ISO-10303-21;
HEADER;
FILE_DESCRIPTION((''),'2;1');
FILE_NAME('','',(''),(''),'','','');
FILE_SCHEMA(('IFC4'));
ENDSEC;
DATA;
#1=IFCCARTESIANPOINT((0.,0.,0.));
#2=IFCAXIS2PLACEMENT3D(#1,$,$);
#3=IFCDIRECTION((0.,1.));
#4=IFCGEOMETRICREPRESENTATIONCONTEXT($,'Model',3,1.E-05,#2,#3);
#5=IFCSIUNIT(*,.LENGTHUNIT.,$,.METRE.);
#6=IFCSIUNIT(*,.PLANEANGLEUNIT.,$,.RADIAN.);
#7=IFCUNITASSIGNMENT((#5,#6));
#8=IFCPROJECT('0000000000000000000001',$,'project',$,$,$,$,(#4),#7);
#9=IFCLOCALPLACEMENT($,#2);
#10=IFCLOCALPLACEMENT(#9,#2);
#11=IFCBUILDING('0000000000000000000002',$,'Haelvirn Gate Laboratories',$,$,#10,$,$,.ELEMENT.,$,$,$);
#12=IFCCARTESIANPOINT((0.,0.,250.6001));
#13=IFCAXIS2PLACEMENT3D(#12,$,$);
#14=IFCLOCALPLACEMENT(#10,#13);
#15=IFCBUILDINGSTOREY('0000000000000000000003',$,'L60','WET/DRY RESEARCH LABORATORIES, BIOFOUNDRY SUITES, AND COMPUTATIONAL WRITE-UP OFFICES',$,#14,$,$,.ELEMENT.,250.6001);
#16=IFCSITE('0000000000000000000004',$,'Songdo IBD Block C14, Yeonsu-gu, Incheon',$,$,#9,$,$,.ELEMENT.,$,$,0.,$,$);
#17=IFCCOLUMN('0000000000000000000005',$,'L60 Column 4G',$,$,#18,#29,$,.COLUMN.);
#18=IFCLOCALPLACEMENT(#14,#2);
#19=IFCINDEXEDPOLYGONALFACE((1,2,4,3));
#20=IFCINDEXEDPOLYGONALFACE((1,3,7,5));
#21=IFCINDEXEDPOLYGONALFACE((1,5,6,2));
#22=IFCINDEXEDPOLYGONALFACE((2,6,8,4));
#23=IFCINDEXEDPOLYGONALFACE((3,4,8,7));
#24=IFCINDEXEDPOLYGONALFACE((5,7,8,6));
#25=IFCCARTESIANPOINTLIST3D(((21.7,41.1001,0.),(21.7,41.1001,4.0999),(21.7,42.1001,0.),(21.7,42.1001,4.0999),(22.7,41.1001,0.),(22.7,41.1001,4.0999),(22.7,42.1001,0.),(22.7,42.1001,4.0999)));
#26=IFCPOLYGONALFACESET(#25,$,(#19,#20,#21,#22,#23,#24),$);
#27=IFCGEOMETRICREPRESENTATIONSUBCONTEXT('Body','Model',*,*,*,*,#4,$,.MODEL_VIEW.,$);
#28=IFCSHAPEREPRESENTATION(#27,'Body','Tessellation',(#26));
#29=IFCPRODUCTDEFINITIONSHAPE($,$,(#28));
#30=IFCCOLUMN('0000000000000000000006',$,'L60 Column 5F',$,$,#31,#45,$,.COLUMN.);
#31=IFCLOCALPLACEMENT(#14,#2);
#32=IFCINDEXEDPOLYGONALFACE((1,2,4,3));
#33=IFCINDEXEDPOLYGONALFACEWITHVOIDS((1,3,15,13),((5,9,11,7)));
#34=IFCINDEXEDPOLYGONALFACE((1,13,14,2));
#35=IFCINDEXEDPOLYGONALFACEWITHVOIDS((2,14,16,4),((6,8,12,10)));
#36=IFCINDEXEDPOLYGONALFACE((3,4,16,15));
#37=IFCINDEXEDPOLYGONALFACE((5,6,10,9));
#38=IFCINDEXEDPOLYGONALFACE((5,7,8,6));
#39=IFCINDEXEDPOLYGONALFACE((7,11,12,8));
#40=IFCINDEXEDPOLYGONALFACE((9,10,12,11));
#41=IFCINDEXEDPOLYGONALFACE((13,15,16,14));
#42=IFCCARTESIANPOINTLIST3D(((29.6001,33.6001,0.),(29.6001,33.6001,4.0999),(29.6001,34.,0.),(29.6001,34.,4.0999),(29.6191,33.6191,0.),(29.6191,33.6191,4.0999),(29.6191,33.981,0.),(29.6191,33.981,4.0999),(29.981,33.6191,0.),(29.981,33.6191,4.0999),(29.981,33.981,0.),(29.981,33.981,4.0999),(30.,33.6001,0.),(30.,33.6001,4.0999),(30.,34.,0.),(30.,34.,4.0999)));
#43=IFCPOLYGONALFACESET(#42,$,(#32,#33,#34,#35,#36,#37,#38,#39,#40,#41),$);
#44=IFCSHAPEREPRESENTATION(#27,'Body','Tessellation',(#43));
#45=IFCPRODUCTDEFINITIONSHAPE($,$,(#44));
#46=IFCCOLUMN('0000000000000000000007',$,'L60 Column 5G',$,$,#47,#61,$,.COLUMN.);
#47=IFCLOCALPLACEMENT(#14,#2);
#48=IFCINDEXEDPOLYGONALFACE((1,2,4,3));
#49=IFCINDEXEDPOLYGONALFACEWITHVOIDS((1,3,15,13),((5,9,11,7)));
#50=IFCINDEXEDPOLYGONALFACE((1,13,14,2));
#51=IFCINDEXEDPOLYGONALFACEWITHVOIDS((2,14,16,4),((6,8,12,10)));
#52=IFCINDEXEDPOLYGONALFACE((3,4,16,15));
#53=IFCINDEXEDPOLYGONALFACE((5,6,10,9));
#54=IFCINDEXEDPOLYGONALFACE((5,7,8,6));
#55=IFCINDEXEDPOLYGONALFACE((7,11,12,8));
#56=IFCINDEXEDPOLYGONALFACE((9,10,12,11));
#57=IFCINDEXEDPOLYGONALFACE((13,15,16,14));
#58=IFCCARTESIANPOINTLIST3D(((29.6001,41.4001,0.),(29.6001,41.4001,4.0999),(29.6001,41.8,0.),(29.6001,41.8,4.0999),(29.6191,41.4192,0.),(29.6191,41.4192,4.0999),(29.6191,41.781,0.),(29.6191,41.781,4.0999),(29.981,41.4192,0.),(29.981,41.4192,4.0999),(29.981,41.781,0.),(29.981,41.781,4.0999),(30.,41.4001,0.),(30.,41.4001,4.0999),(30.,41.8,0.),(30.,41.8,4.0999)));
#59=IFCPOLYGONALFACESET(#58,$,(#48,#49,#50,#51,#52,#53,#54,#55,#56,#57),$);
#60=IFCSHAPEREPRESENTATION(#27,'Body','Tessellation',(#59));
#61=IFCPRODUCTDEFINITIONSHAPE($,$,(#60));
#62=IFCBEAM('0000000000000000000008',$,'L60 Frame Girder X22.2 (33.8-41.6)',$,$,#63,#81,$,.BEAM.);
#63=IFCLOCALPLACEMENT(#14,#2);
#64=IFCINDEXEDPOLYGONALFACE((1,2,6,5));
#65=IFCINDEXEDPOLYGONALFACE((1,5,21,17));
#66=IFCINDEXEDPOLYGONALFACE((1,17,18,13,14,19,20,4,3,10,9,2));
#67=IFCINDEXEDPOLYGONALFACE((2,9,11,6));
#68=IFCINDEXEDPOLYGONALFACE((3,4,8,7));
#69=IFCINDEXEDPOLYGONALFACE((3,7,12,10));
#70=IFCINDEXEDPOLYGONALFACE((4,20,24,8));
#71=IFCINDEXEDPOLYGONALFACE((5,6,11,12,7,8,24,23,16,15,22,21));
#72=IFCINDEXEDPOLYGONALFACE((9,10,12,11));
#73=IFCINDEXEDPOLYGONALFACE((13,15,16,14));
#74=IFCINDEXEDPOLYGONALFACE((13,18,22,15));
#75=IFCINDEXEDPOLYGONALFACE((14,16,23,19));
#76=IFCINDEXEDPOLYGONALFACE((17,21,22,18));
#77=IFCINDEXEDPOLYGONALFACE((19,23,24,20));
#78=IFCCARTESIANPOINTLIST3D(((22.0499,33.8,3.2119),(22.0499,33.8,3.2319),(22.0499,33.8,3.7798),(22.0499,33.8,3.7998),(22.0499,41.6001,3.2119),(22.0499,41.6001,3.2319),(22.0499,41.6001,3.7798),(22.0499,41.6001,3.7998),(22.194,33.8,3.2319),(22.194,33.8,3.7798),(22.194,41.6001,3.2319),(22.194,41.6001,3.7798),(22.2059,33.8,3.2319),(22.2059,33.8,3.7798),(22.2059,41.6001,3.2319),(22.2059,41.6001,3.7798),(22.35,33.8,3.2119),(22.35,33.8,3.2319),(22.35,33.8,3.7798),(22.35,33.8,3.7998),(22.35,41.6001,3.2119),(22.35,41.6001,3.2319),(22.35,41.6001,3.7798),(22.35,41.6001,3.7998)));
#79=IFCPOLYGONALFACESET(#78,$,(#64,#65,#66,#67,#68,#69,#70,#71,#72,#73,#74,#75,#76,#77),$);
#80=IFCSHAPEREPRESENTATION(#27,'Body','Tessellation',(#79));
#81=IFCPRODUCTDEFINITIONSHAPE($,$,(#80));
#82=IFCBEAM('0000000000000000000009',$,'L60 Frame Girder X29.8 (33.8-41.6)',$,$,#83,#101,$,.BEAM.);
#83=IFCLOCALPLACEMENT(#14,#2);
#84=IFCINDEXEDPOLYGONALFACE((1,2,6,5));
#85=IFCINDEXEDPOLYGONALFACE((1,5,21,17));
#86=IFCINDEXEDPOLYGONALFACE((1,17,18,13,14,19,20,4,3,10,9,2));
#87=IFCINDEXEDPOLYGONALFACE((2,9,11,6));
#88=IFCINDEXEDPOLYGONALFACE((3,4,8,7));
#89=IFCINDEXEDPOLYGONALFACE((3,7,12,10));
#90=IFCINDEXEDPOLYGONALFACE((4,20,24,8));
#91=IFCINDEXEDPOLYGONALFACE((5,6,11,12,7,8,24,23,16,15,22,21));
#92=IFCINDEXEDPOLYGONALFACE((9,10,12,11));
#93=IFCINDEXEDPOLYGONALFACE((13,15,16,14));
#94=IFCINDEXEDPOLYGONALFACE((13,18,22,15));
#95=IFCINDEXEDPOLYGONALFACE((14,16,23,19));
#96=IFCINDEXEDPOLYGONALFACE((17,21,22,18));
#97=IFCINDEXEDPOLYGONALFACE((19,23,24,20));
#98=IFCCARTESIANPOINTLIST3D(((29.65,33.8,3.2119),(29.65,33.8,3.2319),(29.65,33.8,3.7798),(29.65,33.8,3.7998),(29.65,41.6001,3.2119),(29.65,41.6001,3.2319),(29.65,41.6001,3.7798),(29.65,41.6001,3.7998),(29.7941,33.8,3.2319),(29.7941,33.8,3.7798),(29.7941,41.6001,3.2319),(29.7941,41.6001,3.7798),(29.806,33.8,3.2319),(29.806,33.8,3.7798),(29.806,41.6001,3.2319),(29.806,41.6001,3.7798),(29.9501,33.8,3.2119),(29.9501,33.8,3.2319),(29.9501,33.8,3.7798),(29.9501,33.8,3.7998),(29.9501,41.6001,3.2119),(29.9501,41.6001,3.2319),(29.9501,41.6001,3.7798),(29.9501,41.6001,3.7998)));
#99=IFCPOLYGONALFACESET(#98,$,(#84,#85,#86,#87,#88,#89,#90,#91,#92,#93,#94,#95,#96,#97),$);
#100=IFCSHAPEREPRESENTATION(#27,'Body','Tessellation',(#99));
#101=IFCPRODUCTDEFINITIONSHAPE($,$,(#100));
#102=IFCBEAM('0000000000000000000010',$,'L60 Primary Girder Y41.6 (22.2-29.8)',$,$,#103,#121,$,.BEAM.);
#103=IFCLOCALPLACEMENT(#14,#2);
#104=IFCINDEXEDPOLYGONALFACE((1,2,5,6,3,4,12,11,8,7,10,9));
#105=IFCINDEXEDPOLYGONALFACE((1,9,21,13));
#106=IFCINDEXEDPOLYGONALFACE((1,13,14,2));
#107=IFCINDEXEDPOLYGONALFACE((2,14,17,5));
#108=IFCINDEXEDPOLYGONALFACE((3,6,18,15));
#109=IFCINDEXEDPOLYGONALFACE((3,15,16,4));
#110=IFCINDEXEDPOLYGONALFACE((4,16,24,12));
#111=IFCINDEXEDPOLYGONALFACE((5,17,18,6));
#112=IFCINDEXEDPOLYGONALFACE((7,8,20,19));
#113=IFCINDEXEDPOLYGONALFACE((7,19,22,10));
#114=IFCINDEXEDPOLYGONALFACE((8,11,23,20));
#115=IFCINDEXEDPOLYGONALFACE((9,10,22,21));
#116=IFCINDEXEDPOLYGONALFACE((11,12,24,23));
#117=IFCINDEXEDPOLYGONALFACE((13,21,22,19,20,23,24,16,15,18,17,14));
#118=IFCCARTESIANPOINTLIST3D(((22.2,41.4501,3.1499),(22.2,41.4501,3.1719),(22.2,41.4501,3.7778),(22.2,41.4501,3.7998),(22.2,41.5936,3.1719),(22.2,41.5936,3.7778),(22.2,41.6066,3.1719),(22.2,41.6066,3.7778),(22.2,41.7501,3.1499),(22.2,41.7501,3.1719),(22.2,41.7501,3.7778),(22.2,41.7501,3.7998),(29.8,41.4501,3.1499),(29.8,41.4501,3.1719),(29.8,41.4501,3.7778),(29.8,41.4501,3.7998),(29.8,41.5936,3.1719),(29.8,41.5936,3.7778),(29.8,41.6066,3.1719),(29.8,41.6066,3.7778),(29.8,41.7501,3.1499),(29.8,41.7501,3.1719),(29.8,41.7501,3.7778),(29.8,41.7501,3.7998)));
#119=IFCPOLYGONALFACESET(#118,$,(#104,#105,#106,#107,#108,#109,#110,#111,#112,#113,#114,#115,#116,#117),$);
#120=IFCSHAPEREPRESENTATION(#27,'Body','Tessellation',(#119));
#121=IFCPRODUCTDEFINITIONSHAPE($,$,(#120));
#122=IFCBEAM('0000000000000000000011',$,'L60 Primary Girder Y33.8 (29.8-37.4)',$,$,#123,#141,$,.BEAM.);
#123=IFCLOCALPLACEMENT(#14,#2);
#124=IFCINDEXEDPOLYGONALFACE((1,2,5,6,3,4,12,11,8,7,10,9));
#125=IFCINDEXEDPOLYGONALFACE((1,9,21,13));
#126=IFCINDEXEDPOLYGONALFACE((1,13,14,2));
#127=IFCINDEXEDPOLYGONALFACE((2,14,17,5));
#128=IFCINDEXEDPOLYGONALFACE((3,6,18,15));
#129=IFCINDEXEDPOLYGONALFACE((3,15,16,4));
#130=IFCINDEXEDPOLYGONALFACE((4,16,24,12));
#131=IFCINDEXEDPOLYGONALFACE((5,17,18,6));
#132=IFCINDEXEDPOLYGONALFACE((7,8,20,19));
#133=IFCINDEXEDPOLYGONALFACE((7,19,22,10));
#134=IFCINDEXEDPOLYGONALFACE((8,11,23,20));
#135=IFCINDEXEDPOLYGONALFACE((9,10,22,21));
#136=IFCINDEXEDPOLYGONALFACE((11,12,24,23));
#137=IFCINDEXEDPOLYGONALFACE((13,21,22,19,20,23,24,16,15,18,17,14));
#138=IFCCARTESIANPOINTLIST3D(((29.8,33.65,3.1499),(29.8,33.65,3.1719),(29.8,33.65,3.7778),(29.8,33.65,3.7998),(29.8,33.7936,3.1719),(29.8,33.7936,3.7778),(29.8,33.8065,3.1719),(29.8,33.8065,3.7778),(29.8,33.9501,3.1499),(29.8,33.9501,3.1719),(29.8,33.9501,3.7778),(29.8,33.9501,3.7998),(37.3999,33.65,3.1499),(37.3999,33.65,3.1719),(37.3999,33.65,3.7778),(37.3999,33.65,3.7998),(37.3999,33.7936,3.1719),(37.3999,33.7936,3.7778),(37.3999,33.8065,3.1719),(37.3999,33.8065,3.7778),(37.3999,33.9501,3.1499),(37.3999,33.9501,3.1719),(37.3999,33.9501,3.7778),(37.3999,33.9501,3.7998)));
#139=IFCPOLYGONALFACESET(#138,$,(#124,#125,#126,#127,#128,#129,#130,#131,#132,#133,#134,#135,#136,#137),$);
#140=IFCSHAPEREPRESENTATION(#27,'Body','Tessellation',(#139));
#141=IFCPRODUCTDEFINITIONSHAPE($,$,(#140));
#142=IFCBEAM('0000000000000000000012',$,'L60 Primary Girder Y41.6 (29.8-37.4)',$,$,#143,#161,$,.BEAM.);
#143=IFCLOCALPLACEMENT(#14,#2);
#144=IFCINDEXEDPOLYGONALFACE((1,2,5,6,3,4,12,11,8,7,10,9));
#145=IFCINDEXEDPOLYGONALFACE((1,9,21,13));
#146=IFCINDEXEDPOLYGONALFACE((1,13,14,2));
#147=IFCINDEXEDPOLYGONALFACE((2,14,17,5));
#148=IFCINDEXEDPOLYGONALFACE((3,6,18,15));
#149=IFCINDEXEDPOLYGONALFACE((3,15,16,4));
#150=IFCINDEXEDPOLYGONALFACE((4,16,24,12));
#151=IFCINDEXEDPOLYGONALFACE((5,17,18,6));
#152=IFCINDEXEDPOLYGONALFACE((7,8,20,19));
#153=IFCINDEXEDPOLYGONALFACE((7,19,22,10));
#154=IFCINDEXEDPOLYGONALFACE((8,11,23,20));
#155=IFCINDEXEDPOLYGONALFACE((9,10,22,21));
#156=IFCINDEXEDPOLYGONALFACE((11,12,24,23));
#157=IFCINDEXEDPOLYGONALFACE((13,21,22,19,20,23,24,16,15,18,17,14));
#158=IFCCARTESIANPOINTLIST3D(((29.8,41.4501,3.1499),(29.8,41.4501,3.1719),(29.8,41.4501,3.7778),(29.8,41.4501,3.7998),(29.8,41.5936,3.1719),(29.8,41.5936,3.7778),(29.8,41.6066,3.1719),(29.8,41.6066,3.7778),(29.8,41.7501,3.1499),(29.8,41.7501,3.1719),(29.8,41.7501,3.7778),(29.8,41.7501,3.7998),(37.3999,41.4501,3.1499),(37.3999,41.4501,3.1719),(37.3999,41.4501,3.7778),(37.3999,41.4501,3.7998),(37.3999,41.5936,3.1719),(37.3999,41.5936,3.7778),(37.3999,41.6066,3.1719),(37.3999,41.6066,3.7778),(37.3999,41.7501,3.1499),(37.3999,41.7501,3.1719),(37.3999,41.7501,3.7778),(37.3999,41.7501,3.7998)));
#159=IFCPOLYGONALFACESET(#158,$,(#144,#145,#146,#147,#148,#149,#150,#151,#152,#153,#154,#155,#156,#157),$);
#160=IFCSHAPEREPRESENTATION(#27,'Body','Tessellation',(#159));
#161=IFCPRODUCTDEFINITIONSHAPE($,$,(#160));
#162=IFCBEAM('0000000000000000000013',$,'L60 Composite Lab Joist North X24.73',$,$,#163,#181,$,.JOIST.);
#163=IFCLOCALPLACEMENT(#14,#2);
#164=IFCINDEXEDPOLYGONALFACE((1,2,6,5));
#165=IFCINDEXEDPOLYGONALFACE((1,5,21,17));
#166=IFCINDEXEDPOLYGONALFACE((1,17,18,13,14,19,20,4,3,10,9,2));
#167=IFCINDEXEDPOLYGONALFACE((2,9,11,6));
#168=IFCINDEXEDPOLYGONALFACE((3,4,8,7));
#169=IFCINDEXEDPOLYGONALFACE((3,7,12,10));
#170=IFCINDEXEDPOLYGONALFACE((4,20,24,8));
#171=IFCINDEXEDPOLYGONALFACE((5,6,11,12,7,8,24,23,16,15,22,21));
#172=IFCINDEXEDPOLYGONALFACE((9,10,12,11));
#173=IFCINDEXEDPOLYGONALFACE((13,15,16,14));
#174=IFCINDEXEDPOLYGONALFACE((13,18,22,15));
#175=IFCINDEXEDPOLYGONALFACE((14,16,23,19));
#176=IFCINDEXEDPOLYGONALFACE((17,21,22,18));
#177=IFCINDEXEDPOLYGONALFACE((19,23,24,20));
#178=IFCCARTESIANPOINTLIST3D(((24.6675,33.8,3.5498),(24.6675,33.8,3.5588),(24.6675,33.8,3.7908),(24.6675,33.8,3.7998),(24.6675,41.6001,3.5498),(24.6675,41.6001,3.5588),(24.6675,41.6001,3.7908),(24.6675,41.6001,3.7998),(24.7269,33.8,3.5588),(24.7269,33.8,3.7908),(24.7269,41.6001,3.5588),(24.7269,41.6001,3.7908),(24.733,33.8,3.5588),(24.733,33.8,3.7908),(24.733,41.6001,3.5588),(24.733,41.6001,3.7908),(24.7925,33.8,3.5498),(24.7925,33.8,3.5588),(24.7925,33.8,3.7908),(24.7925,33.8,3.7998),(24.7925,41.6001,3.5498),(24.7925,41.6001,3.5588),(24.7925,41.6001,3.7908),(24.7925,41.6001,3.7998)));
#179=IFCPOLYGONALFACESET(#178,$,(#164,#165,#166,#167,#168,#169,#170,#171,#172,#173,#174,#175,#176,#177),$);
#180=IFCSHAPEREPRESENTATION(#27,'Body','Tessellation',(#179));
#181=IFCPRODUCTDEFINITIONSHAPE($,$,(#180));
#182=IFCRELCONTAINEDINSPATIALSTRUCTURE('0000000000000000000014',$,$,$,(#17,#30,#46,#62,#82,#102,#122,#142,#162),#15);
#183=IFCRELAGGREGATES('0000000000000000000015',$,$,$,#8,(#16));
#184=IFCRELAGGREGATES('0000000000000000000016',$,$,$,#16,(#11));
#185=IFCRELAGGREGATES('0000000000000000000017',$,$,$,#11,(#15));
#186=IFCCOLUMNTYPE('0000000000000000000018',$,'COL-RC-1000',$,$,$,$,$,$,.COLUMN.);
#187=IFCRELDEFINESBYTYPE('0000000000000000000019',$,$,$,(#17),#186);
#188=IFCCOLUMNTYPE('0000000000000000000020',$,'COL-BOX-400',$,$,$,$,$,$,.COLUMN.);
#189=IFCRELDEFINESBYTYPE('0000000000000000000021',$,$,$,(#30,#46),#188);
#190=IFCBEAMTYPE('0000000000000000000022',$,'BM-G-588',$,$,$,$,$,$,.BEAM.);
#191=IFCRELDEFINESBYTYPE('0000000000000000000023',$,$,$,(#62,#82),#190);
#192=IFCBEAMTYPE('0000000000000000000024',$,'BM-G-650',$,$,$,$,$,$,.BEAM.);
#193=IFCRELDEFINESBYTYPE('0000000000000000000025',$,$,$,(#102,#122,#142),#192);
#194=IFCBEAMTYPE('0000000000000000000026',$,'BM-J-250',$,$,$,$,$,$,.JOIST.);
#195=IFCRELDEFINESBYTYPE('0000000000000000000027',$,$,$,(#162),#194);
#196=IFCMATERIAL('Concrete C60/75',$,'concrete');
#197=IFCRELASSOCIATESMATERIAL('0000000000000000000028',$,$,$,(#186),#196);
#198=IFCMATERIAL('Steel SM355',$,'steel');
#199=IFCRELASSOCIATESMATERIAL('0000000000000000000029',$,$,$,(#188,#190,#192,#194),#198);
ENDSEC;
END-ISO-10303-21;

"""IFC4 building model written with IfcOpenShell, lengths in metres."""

from ifc_helpers import new_model, si_unit, direction, frame, origin, origin_2d, place, context, subcontext, project, spatial, rectangle, hollow_rectangle, i_section, extrude, source, transform, mapped, material, material_profile, profile_set, type_object, type_shapes, element, save


model = new_model("IFC4")

# Units and contexts
model_context = context("Model", 3, precision=1e-05, world=origin(), true_north=direction((0.0, 1.0)))
body_context = subcontext(model_context, "Body", "Model", "MODEL_VIEW")
ifc_project = project(units=[si_unit("LENGTHUNIT", "METRE"), si_unit("PLANEANGLEUNIT", "RADIAN")], contexts=[model_context])

# Site, building, storey
site_placement = place(None, origin())
site = spatial("IfcSite", under=ifc_project, at=site_placement, Name="Songdo IBD Block C14, Yeonsu-gu, Incheon", CompositionType="ELEMENT", RefElevation=0.0)
building_placement = place(site_placement, origin())
building = spatial("IfcBuilding", under=site, at=building_placement, Name="Haelvirn Gate Laboratories", CompositionType="ELEMENT")
storey_placement = place(building_placement, frame((0.0, 0.0, 250.6001)))
storey = spatial("IfcBuildingStorey", under=building, at=storey_placement, Name="L60", Description="WET/DRY RESEARCH LABORATORIES, BIOFOUNDRY SUITES, AND COMPUTATIONAL WRITE-UP OFFICES", CompositionType="ELEMENT", Elevation=250.6001)

# Columns
ifc_material_1 = material(Name="Concrete C60/75", Category="concrete")
ifc_material_profile_1 = material_profile(ifc_material_1, rectangle(XDim=1.0, YDim=1.0, at=origin_2d()), Name="RC-1000x1000")
ifc_profile_set_1 = profile_set([ifc_material_profile_1], Name="Concrete C60/75")
column_type_1 = type_object("IfcColumnType", Name="COL-RC-1000", PredefinedType="COLUMN", material=ifc_profile_set_1)
shared_shape_1 = source(origin(), body_context, "Body", "SweptSolid", [
    extrude(rectangle(XDim=1.0, YDim=1.0, at=origin_2d()), origin(), (0.0, 0.0, 1.0), 4.0999),
])
type_shapes(column_type_1, [shared_shape_1])
column_placement = place(storey_placement, frame((22.2, 41.6001, 0.0), z_axis=(0.0, 0.0, 1.0), x_axis=(1.0, 0.0, 0.0)))
element("IfcColumn", 1, at=column_placement, inside=storey, type_object=column_type_1, Name="L60 Column 4G", PredefinedType="COLUMN", context=body_context, shape_type="MappedRepresentation", body=[
    mapped(shared_shape_1, transform((0.0, 0.0, 0.0), scale=1.0)),
])
ifc_material_2 = material(Name="Steel SM355", Category="steel")
ifc_material_profile_2 = material_profile(ifc_material_2, hollow_rectangle(XDim=0.3999, YDim=0.3999, WallThickness=0.019, at=origin_2d()), Name="BOX-400x400x19")
ifc_profile_set_2 = profile_set([ifc_material_profile_2], Name="Steel SM355")
column_type_2 = type_object("IfcColumnType", Name="COL-BOX-400", PredefinedType="COLUMN", material=ifc_profile_set_2)
shared_shape_2 = source(origin(), body_context, "Body", "SweptSolid", [
    extrude(hollow_rectangle(XDim=0.3999, YDim=0.3999, WallThickness=0.019, at=origin_2d()), origin(), (0.0, 0.0, 1.0), 4.0999),
])
type_shapes(column_type_2, [shared_shape_2])
for number, where, z_axis, x_axis, name in (
    (2, (29.8, 33.8, 0.0), (0.0, 0.0, 1.0), (1.0, 0.0, 0.0), "L60 Column 5F"),
    (3, (29.8, 41.6001, 0.0), (0.0, 0.0, 1.0), (1.0, 0.0, 0.0), "L60 Column 5G"),
):
    element("IfcColumn", number, at=place(storey_placement, frame(where, z_axis=z_axis, x_axis=x_axis)), inside=storey, type_object=column_type_2, Name=name, PredefinedType="COLUMN", context=body_context, shape_type="MappedRepresentation", body=[
        mapped(shared_shape_2, transform((0.0, 0.0, 0.0), scale=1.0)),
    ])

# Beams
ifc_material_profile_3 = material_profile(ifc_material_2, i_section(OverallWidth=0.3, OverallDepth=0.5879, WebThickness=0.012, FlangeThickness=0.02, at=origin_2d()), Name="H-588x300x12x20")
ifc_profile_set_3 = profile_set([ifc_material_profile_3], Name="Steel SM355")
beam_type_1 = type_object("IfcBeamType", Name="BM-G-588", PredefinedType="BEAM", material=ifc_profile_set_3)
shared_shape_3 = source(origin(), body_context, "Body", "SweptSolid", [
    extrude(i_section(OverallWidth=0.3, OverallDepth=0.5879, WebThickness=0.012, FlangeThickness=0.02, at=origin_2d()), origin(), (0.0, 0.0, 1.0), 7.8),
])
type_shapes(beam_type_1, [shared_shape_3])
for number, where, z_axis, x_axis, name in (
    (4, (22.2, 33.8, 3.5059), (0.0, 1.0, 0.0), (-1.0, 0.0, 0.0), "L60 Frame Girder X22.2 (33.8-41.6)"),
    (5, (29.8, 33.8, 3.5059), (0.0, 1.0, 0.0), (-1.0, 0.0, 0.0), "L60 Frame Girder X29.8 (33.8-41.6)"),
):
    element("IfcBeam", number, at=place(storey_placement, frame(where, z_axis=z_axis, x_axis=x_axis)), inside=storey, type_object=beam_type_1, Name=name, PredefinedType="BEAM", context=body_context, shape_type="MappedRepresentation", body=[
        mapped(shared_shape_3, transform((0.0, 0.0, 0.0), scale=1.0)),
    ])
ifc_material_profile_4 = material_profile(ifc_material_2, i_section(OverallWidth=0.3, OverallDepth=0.6499, WebThickness=0.0129, FlangeThickness=0.022, at=origin_2d()), Name="H-650x300x13x22")
ifc_profile_set_4 = profile_set([ifc_material_profile_4], Name="Steel SM355")
beam_type_2 = type_object("IfcBeamType", Name="BM-G-650", PredefinedType="BEAM", material=ifc_profile_set_4)
shared_shape_4 = source(origin(), body_context, "Body", "SweptSolid", [
    extrude(i_section(OverallWidth=0.3, OverallDepth=0.6499, WebThickness=0.0129, FlangeThickness=0.022, at=origin_2d()), origin(), (0.0, 0.0, 1.0), 7.6001),
])
beam_placement = place(storey_placement, frame((22.2, 41.6001, 3.4749), z_axis=(1.0, 0.0, 0.0), x_axis=(0.0, 1.0, 0.0)))
element("IfcBeam", 6, at=beam_placement, inside=storey, type_object=beam_type_2, Name="L60 Primary Girder Y41.6 (22.2-29.8)", PredefinedType="BEAM", context=body_context, shape_type="MappedRepresentation", body=[
    mapped(shared_shape_4, transform((0.0, 0.0, 0.0), scale=1.0)),
])
shared_shape_5 = source(origin(), body_context, "Body", "SweptSolid", [
    extrude(i_section(OverallWidth=0.3, OverallDepth=0.6499, WebThickness=0.0129, FlangeThickness=0.022, at=origin_2d()), origin(), (0.0, 0.0, 1.0), 7.5999),
])
type_shapes(beam_type_2, [shared_shape_4, shared_shape_5])
for number, where, z_axis, x_axis, name in (
    (7, (29.8, 33.8, 3.4749), (1.0, 0.0, 0.0), (0.0, 1.0, 0.0), "L60 Primary Girder Y33.8 (29.8-37.4)"),
    (8, (29.8, 41.6001, 3.4749), (1.0, 0.0, 0.0), (0.0, 1.0, 0.0), "L60 Primary Girder Y41.6 (29.8-37.4)"),
):
    element("IfcBeam", number, at=place(storey_placement, frame(where, z_axis=z_axis, x_axis=x_axis)), inside=storey, type_object=beam_type_2, Name=name, PredefinedType="BEAM", context=body_context, shape_type="MappedRepresentation", body=[
        mapped(shared_shape_5, transform((0.0, 0.0, 0.0), scale=1.0)),
    ])
ifc_material_profile_5 = material_profile(ifc_material_2, i_section(OverallWidth=0.125, OverallDepth=0.25, WebThickness=0.0061, FlangeThickness=0.009, at=origin_2d()), Name="H-250x125x6x9")
ifc_profile_set_5 = profile_set([ifc_material_profile_5], Name="Steel SM355")
beam_type_3 = type_object("IfcBeamType", Name="BM-J-250", PredefinedType="JOIST", material=ifc_profile_set_5)
shared_shape_6 = source(origin(), body_context, "Body", "SweptSolid", [
    extrude(i_section(OverallWidth=0.125, OverallDepth=0.25, WebThickness=0.0061, FlangeThickness=0.009, at=origin_2d()), origin(), (0.0, 0.0, 1.0), 7.8),
])
type_shapes(beam_type_3, [shared_shape_6])
for number, where, z_axis, x_axis, name in (
    (9, (24.73, 33.8, 3.6748), (0.0, 1.0, 0.0), (-1.0, 0.0, 0.0), "L60 Composite Lab Joist North X24.73"),
):
    element("IfcBeam", number, at=place(storey_placement, frame(where, z_axis=z_axis, x_axis=x_axis)), inside=storey, type_object=beam_type_3, Name=name, PredefinedType="JOIST", context=body_context, shape_type="MappedRepresentation", body=[
        mapped(shared_shape_6, transform((0.0, 0.0, 0.0), scale=1.0)),
    ])

save(model, "model.ifc")
